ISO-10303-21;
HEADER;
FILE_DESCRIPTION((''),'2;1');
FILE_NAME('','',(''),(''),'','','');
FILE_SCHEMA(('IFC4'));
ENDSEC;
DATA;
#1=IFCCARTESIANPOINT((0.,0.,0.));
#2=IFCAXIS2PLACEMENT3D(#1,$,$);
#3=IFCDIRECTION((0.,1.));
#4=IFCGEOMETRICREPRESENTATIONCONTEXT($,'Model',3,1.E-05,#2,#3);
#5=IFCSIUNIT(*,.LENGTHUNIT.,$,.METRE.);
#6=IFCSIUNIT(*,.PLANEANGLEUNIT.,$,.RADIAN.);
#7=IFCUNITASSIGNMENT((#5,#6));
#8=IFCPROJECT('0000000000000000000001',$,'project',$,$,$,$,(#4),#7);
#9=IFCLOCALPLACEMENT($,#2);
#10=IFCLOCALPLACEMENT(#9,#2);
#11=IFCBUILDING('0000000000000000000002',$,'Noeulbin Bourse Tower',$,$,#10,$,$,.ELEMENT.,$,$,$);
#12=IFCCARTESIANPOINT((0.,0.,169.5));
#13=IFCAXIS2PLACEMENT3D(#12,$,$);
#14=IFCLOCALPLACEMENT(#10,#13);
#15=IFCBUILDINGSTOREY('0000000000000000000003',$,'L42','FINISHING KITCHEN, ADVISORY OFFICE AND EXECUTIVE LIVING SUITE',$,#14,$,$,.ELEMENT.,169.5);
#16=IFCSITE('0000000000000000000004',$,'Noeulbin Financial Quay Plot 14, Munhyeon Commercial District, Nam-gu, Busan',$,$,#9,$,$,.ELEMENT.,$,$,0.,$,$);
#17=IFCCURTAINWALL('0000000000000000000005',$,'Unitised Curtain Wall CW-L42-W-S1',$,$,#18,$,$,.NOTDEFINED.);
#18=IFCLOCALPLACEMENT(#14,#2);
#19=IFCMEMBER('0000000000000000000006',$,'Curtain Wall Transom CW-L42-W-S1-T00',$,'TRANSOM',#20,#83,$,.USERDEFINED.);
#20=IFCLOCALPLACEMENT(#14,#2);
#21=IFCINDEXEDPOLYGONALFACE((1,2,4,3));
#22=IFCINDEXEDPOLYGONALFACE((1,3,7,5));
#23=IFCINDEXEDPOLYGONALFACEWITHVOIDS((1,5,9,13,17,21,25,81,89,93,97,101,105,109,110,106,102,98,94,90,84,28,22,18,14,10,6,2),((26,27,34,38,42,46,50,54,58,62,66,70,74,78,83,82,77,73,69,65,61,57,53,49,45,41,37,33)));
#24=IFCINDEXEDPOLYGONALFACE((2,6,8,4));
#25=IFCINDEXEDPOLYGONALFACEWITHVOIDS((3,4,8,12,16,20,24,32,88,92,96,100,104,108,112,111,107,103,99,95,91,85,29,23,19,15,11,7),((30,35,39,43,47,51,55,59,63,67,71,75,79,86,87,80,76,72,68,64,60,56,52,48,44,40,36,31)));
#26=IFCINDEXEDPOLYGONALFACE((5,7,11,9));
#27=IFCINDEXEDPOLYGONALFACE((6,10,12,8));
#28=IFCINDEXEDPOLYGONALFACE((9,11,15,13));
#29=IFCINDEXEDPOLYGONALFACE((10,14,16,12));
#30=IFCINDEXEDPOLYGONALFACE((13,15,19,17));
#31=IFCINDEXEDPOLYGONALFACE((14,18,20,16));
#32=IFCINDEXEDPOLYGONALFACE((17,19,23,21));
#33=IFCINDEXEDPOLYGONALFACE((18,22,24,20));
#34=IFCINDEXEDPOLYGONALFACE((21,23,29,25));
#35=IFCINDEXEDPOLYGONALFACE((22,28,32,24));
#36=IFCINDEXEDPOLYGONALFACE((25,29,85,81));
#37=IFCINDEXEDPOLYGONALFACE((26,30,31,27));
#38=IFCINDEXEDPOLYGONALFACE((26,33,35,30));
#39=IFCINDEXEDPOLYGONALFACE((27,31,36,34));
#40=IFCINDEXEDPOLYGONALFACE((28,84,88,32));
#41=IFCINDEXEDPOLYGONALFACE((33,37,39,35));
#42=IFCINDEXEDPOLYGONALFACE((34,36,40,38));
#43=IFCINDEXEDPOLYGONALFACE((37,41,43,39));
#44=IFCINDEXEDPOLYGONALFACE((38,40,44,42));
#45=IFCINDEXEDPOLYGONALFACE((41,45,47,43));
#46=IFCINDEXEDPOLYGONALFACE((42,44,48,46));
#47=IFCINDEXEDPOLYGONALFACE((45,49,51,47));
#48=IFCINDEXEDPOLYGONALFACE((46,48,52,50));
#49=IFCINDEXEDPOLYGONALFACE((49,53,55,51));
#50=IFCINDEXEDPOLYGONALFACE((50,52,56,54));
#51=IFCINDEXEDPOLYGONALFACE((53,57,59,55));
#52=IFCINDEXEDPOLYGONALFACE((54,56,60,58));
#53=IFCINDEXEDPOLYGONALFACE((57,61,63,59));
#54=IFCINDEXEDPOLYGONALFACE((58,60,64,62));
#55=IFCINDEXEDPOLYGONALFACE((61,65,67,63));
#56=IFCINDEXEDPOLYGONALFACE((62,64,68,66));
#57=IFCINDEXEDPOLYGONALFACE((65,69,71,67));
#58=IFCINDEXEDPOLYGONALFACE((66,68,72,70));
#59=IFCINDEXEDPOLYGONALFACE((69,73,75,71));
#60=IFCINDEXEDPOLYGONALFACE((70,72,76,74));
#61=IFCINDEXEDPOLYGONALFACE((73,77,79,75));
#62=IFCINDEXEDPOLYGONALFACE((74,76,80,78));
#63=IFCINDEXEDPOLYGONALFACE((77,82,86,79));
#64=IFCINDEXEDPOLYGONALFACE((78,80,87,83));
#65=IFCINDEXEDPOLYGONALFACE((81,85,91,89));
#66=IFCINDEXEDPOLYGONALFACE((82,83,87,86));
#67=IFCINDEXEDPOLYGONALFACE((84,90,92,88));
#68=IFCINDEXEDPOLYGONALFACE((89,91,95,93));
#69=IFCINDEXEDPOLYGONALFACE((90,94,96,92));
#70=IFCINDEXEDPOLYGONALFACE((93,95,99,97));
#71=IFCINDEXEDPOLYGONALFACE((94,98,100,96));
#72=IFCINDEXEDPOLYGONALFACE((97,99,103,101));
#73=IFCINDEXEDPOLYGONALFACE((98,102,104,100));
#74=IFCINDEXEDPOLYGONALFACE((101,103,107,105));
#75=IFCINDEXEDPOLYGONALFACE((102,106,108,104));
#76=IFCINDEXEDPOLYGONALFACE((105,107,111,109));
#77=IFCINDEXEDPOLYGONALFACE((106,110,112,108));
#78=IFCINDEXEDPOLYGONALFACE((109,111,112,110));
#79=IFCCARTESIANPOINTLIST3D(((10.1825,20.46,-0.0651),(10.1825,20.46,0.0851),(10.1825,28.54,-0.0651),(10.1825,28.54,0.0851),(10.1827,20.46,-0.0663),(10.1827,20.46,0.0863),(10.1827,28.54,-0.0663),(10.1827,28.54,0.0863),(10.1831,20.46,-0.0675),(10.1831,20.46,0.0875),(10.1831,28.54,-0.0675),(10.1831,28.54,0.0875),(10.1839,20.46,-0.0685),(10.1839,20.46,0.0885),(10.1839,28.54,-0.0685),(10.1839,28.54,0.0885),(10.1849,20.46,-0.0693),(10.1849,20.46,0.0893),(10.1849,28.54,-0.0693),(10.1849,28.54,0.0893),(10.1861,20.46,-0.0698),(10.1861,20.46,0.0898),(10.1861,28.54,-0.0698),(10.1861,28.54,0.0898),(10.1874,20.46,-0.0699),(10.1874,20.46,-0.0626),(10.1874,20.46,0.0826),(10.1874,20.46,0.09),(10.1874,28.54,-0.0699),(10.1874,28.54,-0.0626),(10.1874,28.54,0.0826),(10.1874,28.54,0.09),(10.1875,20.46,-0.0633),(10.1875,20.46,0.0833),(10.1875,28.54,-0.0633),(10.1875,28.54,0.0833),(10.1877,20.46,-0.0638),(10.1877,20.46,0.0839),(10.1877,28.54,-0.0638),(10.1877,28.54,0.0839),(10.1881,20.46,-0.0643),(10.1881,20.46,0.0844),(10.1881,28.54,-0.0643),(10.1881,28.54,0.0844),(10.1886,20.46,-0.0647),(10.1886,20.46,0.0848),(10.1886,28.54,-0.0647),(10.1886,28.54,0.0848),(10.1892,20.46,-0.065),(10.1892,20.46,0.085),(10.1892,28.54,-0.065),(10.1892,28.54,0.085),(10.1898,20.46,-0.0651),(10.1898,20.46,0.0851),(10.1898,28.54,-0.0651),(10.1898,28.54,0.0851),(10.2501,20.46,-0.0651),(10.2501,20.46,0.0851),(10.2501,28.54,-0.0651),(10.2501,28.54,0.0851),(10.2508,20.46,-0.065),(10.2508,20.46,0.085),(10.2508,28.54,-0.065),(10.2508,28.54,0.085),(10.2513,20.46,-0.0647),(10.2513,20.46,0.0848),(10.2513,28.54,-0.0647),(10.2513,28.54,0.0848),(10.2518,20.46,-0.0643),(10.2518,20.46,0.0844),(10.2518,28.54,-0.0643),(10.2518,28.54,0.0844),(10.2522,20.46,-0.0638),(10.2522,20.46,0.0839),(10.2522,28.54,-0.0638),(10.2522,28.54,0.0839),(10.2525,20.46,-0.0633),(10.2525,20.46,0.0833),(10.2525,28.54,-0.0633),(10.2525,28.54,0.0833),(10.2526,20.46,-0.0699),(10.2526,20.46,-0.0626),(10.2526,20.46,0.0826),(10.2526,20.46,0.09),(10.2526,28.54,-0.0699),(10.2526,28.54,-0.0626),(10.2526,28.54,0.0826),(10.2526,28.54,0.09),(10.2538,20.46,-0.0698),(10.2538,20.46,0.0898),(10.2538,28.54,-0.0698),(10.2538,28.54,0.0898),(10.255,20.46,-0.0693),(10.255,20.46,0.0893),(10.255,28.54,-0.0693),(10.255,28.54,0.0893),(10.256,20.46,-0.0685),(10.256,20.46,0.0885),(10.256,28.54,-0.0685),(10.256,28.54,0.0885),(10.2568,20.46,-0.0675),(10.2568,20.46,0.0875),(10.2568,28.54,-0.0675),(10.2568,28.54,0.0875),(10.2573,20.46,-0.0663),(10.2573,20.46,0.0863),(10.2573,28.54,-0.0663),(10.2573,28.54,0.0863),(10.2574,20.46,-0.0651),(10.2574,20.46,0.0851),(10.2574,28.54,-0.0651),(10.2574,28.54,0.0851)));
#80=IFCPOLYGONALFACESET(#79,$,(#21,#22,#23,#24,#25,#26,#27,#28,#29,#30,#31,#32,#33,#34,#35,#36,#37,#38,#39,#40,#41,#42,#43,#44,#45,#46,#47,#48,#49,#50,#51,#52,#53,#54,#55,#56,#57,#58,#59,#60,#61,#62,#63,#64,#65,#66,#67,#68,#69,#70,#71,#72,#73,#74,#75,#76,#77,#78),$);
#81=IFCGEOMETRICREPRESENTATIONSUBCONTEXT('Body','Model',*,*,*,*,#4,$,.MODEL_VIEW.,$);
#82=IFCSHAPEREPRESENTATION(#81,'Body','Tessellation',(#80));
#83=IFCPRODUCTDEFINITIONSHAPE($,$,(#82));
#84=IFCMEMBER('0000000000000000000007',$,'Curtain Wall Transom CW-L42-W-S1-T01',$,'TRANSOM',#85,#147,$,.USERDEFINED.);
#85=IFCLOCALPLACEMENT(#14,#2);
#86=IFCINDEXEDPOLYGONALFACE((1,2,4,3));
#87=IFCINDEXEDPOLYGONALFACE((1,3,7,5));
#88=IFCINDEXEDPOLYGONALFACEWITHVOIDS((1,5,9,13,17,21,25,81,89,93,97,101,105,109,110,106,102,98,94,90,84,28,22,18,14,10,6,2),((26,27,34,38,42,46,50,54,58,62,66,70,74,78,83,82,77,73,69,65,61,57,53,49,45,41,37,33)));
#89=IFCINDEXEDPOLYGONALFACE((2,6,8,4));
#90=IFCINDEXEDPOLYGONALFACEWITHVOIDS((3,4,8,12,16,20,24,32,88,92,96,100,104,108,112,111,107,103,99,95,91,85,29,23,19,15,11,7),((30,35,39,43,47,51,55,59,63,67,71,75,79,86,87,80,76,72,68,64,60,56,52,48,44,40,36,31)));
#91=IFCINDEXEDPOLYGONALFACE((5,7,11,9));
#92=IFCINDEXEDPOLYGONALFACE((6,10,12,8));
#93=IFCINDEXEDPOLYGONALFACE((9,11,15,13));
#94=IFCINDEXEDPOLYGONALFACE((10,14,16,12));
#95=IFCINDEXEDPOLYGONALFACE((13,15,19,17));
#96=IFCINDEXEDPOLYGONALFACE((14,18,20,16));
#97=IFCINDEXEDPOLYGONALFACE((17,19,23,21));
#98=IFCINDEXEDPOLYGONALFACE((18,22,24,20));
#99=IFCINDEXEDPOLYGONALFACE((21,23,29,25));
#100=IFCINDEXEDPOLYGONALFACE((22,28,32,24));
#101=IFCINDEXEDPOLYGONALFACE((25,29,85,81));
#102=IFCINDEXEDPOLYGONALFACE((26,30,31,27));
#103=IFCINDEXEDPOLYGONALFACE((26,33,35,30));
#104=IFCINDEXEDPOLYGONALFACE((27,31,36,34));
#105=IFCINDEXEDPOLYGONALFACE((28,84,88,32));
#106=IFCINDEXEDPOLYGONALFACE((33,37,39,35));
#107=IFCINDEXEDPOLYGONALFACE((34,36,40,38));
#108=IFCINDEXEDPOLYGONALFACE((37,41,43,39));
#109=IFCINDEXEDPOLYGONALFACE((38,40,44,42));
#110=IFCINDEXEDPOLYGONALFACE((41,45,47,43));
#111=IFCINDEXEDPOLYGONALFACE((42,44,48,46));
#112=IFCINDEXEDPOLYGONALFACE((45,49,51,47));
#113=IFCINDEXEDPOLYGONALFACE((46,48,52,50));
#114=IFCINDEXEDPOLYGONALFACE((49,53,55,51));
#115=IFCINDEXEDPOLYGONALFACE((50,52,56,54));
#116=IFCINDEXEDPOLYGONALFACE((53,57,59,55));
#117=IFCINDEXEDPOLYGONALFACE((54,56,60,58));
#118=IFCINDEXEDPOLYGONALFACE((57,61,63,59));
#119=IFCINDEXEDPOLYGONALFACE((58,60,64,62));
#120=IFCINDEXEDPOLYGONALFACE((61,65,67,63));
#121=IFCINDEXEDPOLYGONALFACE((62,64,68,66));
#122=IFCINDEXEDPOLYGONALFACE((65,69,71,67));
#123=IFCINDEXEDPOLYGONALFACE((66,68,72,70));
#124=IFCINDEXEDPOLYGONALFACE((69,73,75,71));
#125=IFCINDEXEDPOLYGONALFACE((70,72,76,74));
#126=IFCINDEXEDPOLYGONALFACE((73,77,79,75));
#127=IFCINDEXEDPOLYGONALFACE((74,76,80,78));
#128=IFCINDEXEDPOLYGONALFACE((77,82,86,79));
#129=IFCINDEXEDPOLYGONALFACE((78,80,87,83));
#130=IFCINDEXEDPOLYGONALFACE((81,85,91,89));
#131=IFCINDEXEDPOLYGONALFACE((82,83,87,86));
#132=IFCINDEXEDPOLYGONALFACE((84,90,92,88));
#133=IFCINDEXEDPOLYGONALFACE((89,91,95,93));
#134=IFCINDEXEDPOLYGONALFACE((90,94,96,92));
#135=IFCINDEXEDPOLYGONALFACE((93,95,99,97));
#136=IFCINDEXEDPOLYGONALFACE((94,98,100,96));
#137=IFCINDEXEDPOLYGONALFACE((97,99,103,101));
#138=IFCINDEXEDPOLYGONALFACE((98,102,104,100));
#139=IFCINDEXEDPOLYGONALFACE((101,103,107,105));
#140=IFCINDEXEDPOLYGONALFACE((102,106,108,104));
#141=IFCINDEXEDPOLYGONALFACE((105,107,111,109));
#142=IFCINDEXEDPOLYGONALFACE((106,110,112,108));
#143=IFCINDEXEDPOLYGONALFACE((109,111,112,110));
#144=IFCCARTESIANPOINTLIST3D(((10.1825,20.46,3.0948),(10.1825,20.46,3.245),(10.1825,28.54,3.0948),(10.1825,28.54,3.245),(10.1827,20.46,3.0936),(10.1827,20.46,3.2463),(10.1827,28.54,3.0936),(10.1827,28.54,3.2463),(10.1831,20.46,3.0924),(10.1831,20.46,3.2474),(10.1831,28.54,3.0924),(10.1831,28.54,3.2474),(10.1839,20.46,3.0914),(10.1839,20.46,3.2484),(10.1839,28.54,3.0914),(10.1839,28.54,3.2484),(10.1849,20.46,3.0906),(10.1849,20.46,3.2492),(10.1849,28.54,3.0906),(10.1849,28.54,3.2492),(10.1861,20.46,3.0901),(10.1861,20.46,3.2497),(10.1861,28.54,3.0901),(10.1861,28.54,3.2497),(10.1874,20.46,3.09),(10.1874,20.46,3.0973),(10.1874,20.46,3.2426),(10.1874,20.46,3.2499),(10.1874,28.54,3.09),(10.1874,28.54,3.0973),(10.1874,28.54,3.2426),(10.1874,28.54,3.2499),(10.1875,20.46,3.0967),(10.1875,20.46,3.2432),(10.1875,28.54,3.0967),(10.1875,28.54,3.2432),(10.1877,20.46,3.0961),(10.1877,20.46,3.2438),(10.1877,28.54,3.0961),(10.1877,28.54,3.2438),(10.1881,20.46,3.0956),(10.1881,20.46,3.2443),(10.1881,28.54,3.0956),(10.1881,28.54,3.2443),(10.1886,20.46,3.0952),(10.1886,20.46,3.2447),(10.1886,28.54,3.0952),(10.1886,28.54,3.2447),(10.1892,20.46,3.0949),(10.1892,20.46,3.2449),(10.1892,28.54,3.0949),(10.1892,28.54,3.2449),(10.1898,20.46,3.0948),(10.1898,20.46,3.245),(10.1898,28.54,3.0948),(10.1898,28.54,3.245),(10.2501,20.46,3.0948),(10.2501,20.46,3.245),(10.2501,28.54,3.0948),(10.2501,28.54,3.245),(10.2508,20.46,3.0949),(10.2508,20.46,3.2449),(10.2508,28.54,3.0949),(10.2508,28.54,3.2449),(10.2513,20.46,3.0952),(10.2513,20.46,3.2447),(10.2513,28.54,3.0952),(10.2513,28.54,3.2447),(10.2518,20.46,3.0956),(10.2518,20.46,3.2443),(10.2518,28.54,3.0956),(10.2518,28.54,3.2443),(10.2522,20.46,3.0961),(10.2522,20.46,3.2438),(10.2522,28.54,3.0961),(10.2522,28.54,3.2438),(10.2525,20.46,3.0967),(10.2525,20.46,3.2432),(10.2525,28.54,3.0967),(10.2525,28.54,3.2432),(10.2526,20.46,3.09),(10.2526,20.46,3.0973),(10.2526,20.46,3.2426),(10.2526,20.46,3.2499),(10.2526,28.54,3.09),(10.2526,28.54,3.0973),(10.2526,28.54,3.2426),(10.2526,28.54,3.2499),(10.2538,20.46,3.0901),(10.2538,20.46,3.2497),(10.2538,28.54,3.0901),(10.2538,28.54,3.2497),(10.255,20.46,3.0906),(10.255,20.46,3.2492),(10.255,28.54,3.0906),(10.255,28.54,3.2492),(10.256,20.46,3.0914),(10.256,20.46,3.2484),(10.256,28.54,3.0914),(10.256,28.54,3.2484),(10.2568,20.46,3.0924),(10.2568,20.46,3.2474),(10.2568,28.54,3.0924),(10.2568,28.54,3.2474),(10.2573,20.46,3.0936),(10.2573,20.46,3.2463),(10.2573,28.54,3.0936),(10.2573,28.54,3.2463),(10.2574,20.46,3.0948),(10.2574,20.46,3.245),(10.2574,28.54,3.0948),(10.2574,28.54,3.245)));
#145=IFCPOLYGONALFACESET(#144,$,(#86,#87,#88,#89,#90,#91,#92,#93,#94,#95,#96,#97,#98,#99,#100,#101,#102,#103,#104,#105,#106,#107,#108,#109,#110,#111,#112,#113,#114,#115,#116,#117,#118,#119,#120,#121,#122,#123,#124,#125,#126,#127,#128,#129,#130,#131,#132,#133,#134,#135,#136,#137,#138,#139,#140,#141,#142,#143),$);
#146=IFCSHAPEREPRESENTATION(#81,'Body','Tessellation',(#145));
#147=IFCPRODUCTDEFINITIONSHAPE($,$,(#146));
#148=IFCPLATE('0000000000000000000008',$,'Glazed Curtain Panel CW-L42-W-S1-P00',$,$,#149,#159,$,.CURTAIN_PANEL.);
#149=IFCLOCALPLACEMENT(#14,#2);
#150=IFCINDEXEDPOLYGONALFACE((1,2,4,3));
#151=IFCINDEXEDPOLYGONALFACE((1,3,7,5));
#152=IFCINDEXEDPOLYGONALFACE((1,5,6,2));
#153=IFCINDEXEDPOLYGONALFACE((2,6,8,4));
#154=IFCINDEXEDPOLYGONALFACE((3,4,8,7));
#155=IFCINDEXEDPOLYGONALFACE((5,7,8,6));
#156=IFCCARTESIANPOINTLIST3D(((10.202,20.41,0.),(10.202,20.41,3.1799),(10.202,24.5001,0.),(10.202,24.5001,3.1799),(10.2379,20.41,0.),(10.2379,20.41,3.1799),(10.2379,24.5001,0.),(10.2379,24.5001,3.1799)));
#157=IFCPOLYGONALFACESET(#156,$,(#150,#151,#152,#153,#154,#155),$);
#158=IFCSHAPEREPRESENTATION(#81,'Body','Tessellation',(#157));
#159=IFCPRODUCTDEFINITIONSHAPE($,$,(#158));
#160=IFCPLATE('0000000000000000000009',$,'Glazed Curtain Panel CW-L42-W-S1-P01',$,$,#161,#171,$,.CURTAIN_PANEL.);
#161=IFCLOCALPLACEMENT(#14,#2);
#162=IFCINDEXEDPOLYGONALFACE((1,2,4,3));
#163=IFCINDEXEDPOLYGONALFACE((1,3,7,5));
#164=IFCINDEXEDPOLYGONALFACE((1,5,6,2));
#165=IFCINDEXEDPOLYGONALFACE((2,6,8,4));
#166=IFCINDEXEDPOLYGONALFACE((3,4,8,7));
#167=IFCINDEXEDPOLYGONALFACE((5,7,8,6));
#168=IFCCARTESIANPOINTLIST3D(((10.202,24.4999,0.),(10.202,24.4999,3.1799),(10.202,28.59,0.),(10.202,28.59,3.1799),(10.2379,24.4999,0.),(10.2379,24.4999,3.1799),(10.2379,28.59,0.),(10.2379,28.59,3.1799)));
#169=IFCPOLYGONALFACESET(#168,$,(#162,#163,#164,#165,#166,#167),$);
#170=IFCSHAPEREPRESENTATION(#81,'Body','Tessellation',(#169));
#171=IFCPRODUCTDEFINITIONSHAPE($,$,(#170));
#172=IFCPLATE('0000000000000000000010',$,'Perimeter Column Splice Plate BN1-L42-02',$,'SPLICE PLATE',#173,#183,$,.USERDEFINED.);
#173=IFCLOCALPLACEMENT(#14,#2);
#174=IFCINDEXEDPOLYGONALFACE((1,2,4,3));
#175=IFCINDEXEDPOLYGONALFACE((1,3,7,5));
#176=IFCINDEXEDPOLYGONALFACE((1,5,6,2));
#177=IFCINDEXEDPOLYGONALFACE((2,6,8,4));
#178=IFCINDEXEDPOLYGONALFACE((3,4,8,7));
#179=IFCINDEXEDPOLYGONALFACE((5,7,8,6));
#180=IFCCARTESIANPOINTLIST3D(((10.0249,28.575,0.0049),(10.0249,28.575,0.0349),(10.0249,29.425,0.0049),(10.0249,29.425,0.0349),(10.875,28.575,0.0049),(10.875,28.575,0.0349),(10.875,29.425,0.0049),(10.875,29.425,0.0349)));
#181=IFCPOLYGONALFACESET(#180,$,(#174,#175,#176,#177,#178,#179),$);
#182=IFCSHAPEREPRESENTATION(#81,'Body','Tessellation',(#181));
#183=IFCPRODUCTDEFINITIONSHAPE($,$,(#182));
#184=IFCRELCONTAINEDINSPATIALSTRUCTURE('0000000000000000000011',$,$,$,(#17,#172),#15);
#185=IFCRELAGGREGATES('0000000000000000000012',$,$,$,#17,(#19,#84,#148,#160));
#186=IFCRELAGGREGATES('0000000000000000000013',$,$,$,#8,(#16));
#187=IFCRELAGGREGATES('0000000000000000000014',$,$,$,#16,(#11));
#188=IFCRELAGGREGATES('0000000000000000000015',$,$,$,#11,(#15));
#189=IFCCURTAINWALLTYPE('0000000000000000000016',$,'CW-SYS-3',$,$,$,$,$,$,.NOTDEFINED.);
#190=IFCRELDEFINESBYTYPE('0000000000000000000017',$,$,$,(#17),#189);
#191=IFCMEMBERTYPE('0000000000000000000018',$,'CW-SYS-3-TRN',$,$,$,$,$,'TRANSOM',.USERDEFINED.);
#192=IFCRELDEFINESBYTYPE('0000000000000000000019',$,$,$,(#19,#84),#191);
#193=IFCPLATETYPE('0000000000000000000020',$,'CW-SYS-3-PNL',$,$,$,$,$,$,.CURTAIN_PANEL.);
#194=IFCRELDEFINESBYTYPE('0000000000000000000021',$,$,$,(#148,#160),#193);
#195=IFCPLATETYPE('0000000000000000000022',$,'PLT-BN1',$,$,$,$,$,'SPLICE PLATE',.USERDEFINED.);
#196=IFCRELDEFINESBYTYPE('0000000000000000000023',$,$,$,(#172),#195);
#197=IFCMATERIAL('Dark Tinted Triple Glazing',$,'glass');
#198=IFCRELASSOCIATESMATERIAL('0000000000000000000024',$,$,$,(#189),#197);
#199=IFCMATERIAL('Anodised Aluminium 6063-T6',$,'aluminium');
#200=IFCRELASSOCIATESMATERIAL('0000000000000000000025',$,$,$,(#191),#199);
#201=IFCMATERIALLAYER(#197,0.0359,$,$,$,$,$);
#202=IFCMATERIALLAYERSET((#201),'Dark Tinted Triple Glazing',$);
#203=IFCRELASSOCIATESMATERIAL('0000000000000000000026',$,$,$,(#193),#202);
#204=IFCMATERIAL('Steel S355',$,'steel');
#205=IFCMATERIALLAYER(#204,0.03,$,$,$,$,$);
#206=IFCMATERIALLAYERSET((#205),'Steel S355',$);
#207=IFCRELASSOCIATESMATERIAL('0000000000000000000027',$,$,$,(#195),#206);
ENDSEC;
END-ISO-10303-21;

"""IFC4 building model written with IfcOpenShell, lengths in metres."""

from ifc_helpers import new_model, si_unit, direction, frame, origin, origin_2d, place, context, subcontext, project, spatial, rectangle, hollow_rectangle, extrude, material, layer, layer_set, material_profile, profile_set, type_object, element, aggregate, save


model = new_model("IFC4")

# Units and contexts
model_context = context("Model", 3, precision=1e-05, world=origin(), true_north=direction((0.0, 1.0)))
body_context = subcontext(model_context, "Body", "Model", "MODEL_VIEW")
ifc_project = project(units=[si_unit("LENGTHUNIT", "METRE"), si_unit("PLANEANGLEUNIT", "RADIAN")], contexts=[model_context])

# Site, building, storey
site_placement = place(None, origin())
site = spatial("IfcSite", under=ifc_project, at=site_placement, Name="Noeulbin Financial Quay Plot 14, Munhyeon Commercial District, Nam-gu, Busan", CompositionType="ELEMENT", RefElevation=0.0)
building_placement = place(site_placement, origin())
building = spatial("IfcBuilding", under=site, at=building_placement, Name="Noeulbin Bourse Tower", CompositionType="ELEMENT")
storey_placement = place(building_placement, frame((0.0, 0.0, 169.5)))
storey = spatial("IfcBuildingStorey", under=building, at=storey_placement, Name="L42", Description="FINISHING KITCHEN, ADVISORY OFFICE AND EXECUTIVE LIVING SUITE", CompositionType="ELEMENT", Elevation=169.5)

# Shared definitions
ifc_material_1 = material(Name="Steel S355", Category="steel")

# Curtain wall, members, plates
ifc_material_2 = material(Name="Dark Tinted Triple Glazing", Category="glass")
curtain_wall_type = type_object("IfcCurtainWallType", Name="CW-SYS-3", PredefinedType="NOTDEFINED", material=ifc_material_2)
curtain_wall_placement = place(storey_placement, origin())
curtain_wall = element("IfcCurtainWall", 1, at=curtain_wall_placement, inside=storey, type_object=curtain_wall_type, Name="Unitised Curtain Wall CW-L42-W-S1", PredefinedType="NOTDEFINED")
ifc_material_3 = material(Name="Anodised Aluminium 6063-T6", Category="aluminium")
ifc_material_profile_1 = material_profile(ifc_material_3, hollow_rectangle(XDim=0.075, YDim=0.1599, WallThickness=0.0049, InnerFilletRadius=0.0024, OuterFilletRadius=0.0049, at=origin_2d()), Name="ALU-TRAN-75x160x5", Category="LoadBearing")
ifc_profile_set_1 = profile_set([ifc_material_profile_1], Name="Anodised Aluminium 6063-T6")
member_type_1 = type_object("IfcMemberType", Name="CW-SYS-3-TRN", ElementType="TRANSOM", PredefinedType="USERDEFINED", material=ifc_profile_set_1)
member_1_placement = place(storey_placement, frame((10.22, 20.46, 0.01), z_axis=(0.0, 1.0, 0.0), x_axis=(-1.0, 0.0, 0.0)))
member_1 = element("IfcMember", 2, at=member_1_placement, type_object=member_type_1, Name="Curtain Wall Transom CW-L42-W-S1-T00", ObjectType="TRANSOM", PredefinedType="USERDEFINED", context=body_context, shape_type="SweptSolid", body=[
    extrude(hollow_rectangle(XDim=0.075, YDim=0.1599, WallThickness=0.0049, InnerFilletRadius=0.0024, OuterFilletRadius=0.0049, at=origin_2d()), origin(), (0.0, 0.0, 1.0), 8.0801),
])
member_2_placement = place(storey_placement, frame((10.22, 20.46, 3.1699), z_axis=(0.0, 1.0, 0.0), x_axis=(-1.0, 0.0, 0.0)))
member_2 = element("IfcMember", 3, at=member_2_placement, type_object=member_type_1, Name="Curtain Wall Transom CW-L42-W-S1-T01", ObjectType="TRANSOM", PredefinedType="USERDEFINED", context=body_context, shape_type="SweptSolid", body=[
    extrude(hollow_rectangle(XDim=0.075, YDim=0.1599, WallThickness=0.0049, InnerFilletRadius=0.0024, OuterFilletRadius=0.0049, at=origin_2d()), origin(), (0.0, 0.0, 1.0), 8.0801),
])
ifc_layer_1 = layer(ifc_material_2, 0.0359)
ifc_layer_set_1 = layer_set([ifc_layer_1], Name="Dark Tinted Triple Glazing")
plate_type_1 = type_object("IfcPlateType", Name="CW-SYS-3-PNL", PredefinedType="CURTAIN_PANEL", material=ifc_layer_set_1)
plate_1_placement = place(storey_placement, frame((10.22, 22.4551, 0.0), z_axis=(0.0, 0.0, 1.0), x_axis=(0.0, 1.0, 0.0)))
plate_1 = element("IfcPlate", 4, at=plate_1_placement, type_object=plate_type_1, Name="Glazed Curtain Panel CW-L42-W-S1-P00", PredefinedType="CURTAIN_PANEL", context=body_context, shape_type="SweptSolid", body=[
    extrude(rectangle(XDim=4.0901, YDim=0.0359, at=origin_2d()), origin(), (0.0, 0.0, 1.0), 3.1799),
])
plate_2_placement = place(storey_placement, frame((10.22, 26.5449, 0.0), z_axis=(0.0, 0.0, 1.0), x_axis=(0.0, 1.0, 0.0)))
plate_2 = element("IfcPlate", 5, at=plate_2_placement, type_object=plate_type_1, Name="Glazed Curtain Panel CW-L42-W-S1-P01", PredefinedType="CURTAIN_PANEL", context=body_context, shape_type="SweptSolid", body=[
    extrude(rectangle(XDim=4.0901, YDim=0.0359, at=origin_2d()), origin(), (0.0, 0.0, 1.0), 3.1799),
])
aggregate(curtain_wall, [member_1, member_2, plate_1, plate_2])

# Plate
ifc_layer_2 = layer(ifc_material_1, 0.03)
ifc_layer_set_2 = layer_set([ifc_layer_2], Name="Steel S355")
plate_type_2 = type_object("IfcPlateType", Name="PLT-BN1", ElementType="SPLICE PLATE", PredefinedType="USERDEFINED", material=ifc_layer_set_2)
plate_3_placement = place(storey_placement, frame((10.45, 29.0, 0.0049), z_axis=(0.0, 0.0, 1.0), x_axis=(1.0, 0.0, 0.0)))
element("IfcPlate", 6, at=plate_3_placement, inside=storey, type_object=plate_type_2, Name="Perimeter Column Splice Plate BN1-L42-02", ObjectType="SPLICE PLATE", PredefinedType="USERDEFINED", context=body_context, shape_type="SweptSolid", body=[
    extrude(rectangle(XDim=0.8501, YDim=0.8501, at=origin_2d()), origin(), (0.0, 0.0, 1.0), 0.03),
])

save(model, "model.ifc")
